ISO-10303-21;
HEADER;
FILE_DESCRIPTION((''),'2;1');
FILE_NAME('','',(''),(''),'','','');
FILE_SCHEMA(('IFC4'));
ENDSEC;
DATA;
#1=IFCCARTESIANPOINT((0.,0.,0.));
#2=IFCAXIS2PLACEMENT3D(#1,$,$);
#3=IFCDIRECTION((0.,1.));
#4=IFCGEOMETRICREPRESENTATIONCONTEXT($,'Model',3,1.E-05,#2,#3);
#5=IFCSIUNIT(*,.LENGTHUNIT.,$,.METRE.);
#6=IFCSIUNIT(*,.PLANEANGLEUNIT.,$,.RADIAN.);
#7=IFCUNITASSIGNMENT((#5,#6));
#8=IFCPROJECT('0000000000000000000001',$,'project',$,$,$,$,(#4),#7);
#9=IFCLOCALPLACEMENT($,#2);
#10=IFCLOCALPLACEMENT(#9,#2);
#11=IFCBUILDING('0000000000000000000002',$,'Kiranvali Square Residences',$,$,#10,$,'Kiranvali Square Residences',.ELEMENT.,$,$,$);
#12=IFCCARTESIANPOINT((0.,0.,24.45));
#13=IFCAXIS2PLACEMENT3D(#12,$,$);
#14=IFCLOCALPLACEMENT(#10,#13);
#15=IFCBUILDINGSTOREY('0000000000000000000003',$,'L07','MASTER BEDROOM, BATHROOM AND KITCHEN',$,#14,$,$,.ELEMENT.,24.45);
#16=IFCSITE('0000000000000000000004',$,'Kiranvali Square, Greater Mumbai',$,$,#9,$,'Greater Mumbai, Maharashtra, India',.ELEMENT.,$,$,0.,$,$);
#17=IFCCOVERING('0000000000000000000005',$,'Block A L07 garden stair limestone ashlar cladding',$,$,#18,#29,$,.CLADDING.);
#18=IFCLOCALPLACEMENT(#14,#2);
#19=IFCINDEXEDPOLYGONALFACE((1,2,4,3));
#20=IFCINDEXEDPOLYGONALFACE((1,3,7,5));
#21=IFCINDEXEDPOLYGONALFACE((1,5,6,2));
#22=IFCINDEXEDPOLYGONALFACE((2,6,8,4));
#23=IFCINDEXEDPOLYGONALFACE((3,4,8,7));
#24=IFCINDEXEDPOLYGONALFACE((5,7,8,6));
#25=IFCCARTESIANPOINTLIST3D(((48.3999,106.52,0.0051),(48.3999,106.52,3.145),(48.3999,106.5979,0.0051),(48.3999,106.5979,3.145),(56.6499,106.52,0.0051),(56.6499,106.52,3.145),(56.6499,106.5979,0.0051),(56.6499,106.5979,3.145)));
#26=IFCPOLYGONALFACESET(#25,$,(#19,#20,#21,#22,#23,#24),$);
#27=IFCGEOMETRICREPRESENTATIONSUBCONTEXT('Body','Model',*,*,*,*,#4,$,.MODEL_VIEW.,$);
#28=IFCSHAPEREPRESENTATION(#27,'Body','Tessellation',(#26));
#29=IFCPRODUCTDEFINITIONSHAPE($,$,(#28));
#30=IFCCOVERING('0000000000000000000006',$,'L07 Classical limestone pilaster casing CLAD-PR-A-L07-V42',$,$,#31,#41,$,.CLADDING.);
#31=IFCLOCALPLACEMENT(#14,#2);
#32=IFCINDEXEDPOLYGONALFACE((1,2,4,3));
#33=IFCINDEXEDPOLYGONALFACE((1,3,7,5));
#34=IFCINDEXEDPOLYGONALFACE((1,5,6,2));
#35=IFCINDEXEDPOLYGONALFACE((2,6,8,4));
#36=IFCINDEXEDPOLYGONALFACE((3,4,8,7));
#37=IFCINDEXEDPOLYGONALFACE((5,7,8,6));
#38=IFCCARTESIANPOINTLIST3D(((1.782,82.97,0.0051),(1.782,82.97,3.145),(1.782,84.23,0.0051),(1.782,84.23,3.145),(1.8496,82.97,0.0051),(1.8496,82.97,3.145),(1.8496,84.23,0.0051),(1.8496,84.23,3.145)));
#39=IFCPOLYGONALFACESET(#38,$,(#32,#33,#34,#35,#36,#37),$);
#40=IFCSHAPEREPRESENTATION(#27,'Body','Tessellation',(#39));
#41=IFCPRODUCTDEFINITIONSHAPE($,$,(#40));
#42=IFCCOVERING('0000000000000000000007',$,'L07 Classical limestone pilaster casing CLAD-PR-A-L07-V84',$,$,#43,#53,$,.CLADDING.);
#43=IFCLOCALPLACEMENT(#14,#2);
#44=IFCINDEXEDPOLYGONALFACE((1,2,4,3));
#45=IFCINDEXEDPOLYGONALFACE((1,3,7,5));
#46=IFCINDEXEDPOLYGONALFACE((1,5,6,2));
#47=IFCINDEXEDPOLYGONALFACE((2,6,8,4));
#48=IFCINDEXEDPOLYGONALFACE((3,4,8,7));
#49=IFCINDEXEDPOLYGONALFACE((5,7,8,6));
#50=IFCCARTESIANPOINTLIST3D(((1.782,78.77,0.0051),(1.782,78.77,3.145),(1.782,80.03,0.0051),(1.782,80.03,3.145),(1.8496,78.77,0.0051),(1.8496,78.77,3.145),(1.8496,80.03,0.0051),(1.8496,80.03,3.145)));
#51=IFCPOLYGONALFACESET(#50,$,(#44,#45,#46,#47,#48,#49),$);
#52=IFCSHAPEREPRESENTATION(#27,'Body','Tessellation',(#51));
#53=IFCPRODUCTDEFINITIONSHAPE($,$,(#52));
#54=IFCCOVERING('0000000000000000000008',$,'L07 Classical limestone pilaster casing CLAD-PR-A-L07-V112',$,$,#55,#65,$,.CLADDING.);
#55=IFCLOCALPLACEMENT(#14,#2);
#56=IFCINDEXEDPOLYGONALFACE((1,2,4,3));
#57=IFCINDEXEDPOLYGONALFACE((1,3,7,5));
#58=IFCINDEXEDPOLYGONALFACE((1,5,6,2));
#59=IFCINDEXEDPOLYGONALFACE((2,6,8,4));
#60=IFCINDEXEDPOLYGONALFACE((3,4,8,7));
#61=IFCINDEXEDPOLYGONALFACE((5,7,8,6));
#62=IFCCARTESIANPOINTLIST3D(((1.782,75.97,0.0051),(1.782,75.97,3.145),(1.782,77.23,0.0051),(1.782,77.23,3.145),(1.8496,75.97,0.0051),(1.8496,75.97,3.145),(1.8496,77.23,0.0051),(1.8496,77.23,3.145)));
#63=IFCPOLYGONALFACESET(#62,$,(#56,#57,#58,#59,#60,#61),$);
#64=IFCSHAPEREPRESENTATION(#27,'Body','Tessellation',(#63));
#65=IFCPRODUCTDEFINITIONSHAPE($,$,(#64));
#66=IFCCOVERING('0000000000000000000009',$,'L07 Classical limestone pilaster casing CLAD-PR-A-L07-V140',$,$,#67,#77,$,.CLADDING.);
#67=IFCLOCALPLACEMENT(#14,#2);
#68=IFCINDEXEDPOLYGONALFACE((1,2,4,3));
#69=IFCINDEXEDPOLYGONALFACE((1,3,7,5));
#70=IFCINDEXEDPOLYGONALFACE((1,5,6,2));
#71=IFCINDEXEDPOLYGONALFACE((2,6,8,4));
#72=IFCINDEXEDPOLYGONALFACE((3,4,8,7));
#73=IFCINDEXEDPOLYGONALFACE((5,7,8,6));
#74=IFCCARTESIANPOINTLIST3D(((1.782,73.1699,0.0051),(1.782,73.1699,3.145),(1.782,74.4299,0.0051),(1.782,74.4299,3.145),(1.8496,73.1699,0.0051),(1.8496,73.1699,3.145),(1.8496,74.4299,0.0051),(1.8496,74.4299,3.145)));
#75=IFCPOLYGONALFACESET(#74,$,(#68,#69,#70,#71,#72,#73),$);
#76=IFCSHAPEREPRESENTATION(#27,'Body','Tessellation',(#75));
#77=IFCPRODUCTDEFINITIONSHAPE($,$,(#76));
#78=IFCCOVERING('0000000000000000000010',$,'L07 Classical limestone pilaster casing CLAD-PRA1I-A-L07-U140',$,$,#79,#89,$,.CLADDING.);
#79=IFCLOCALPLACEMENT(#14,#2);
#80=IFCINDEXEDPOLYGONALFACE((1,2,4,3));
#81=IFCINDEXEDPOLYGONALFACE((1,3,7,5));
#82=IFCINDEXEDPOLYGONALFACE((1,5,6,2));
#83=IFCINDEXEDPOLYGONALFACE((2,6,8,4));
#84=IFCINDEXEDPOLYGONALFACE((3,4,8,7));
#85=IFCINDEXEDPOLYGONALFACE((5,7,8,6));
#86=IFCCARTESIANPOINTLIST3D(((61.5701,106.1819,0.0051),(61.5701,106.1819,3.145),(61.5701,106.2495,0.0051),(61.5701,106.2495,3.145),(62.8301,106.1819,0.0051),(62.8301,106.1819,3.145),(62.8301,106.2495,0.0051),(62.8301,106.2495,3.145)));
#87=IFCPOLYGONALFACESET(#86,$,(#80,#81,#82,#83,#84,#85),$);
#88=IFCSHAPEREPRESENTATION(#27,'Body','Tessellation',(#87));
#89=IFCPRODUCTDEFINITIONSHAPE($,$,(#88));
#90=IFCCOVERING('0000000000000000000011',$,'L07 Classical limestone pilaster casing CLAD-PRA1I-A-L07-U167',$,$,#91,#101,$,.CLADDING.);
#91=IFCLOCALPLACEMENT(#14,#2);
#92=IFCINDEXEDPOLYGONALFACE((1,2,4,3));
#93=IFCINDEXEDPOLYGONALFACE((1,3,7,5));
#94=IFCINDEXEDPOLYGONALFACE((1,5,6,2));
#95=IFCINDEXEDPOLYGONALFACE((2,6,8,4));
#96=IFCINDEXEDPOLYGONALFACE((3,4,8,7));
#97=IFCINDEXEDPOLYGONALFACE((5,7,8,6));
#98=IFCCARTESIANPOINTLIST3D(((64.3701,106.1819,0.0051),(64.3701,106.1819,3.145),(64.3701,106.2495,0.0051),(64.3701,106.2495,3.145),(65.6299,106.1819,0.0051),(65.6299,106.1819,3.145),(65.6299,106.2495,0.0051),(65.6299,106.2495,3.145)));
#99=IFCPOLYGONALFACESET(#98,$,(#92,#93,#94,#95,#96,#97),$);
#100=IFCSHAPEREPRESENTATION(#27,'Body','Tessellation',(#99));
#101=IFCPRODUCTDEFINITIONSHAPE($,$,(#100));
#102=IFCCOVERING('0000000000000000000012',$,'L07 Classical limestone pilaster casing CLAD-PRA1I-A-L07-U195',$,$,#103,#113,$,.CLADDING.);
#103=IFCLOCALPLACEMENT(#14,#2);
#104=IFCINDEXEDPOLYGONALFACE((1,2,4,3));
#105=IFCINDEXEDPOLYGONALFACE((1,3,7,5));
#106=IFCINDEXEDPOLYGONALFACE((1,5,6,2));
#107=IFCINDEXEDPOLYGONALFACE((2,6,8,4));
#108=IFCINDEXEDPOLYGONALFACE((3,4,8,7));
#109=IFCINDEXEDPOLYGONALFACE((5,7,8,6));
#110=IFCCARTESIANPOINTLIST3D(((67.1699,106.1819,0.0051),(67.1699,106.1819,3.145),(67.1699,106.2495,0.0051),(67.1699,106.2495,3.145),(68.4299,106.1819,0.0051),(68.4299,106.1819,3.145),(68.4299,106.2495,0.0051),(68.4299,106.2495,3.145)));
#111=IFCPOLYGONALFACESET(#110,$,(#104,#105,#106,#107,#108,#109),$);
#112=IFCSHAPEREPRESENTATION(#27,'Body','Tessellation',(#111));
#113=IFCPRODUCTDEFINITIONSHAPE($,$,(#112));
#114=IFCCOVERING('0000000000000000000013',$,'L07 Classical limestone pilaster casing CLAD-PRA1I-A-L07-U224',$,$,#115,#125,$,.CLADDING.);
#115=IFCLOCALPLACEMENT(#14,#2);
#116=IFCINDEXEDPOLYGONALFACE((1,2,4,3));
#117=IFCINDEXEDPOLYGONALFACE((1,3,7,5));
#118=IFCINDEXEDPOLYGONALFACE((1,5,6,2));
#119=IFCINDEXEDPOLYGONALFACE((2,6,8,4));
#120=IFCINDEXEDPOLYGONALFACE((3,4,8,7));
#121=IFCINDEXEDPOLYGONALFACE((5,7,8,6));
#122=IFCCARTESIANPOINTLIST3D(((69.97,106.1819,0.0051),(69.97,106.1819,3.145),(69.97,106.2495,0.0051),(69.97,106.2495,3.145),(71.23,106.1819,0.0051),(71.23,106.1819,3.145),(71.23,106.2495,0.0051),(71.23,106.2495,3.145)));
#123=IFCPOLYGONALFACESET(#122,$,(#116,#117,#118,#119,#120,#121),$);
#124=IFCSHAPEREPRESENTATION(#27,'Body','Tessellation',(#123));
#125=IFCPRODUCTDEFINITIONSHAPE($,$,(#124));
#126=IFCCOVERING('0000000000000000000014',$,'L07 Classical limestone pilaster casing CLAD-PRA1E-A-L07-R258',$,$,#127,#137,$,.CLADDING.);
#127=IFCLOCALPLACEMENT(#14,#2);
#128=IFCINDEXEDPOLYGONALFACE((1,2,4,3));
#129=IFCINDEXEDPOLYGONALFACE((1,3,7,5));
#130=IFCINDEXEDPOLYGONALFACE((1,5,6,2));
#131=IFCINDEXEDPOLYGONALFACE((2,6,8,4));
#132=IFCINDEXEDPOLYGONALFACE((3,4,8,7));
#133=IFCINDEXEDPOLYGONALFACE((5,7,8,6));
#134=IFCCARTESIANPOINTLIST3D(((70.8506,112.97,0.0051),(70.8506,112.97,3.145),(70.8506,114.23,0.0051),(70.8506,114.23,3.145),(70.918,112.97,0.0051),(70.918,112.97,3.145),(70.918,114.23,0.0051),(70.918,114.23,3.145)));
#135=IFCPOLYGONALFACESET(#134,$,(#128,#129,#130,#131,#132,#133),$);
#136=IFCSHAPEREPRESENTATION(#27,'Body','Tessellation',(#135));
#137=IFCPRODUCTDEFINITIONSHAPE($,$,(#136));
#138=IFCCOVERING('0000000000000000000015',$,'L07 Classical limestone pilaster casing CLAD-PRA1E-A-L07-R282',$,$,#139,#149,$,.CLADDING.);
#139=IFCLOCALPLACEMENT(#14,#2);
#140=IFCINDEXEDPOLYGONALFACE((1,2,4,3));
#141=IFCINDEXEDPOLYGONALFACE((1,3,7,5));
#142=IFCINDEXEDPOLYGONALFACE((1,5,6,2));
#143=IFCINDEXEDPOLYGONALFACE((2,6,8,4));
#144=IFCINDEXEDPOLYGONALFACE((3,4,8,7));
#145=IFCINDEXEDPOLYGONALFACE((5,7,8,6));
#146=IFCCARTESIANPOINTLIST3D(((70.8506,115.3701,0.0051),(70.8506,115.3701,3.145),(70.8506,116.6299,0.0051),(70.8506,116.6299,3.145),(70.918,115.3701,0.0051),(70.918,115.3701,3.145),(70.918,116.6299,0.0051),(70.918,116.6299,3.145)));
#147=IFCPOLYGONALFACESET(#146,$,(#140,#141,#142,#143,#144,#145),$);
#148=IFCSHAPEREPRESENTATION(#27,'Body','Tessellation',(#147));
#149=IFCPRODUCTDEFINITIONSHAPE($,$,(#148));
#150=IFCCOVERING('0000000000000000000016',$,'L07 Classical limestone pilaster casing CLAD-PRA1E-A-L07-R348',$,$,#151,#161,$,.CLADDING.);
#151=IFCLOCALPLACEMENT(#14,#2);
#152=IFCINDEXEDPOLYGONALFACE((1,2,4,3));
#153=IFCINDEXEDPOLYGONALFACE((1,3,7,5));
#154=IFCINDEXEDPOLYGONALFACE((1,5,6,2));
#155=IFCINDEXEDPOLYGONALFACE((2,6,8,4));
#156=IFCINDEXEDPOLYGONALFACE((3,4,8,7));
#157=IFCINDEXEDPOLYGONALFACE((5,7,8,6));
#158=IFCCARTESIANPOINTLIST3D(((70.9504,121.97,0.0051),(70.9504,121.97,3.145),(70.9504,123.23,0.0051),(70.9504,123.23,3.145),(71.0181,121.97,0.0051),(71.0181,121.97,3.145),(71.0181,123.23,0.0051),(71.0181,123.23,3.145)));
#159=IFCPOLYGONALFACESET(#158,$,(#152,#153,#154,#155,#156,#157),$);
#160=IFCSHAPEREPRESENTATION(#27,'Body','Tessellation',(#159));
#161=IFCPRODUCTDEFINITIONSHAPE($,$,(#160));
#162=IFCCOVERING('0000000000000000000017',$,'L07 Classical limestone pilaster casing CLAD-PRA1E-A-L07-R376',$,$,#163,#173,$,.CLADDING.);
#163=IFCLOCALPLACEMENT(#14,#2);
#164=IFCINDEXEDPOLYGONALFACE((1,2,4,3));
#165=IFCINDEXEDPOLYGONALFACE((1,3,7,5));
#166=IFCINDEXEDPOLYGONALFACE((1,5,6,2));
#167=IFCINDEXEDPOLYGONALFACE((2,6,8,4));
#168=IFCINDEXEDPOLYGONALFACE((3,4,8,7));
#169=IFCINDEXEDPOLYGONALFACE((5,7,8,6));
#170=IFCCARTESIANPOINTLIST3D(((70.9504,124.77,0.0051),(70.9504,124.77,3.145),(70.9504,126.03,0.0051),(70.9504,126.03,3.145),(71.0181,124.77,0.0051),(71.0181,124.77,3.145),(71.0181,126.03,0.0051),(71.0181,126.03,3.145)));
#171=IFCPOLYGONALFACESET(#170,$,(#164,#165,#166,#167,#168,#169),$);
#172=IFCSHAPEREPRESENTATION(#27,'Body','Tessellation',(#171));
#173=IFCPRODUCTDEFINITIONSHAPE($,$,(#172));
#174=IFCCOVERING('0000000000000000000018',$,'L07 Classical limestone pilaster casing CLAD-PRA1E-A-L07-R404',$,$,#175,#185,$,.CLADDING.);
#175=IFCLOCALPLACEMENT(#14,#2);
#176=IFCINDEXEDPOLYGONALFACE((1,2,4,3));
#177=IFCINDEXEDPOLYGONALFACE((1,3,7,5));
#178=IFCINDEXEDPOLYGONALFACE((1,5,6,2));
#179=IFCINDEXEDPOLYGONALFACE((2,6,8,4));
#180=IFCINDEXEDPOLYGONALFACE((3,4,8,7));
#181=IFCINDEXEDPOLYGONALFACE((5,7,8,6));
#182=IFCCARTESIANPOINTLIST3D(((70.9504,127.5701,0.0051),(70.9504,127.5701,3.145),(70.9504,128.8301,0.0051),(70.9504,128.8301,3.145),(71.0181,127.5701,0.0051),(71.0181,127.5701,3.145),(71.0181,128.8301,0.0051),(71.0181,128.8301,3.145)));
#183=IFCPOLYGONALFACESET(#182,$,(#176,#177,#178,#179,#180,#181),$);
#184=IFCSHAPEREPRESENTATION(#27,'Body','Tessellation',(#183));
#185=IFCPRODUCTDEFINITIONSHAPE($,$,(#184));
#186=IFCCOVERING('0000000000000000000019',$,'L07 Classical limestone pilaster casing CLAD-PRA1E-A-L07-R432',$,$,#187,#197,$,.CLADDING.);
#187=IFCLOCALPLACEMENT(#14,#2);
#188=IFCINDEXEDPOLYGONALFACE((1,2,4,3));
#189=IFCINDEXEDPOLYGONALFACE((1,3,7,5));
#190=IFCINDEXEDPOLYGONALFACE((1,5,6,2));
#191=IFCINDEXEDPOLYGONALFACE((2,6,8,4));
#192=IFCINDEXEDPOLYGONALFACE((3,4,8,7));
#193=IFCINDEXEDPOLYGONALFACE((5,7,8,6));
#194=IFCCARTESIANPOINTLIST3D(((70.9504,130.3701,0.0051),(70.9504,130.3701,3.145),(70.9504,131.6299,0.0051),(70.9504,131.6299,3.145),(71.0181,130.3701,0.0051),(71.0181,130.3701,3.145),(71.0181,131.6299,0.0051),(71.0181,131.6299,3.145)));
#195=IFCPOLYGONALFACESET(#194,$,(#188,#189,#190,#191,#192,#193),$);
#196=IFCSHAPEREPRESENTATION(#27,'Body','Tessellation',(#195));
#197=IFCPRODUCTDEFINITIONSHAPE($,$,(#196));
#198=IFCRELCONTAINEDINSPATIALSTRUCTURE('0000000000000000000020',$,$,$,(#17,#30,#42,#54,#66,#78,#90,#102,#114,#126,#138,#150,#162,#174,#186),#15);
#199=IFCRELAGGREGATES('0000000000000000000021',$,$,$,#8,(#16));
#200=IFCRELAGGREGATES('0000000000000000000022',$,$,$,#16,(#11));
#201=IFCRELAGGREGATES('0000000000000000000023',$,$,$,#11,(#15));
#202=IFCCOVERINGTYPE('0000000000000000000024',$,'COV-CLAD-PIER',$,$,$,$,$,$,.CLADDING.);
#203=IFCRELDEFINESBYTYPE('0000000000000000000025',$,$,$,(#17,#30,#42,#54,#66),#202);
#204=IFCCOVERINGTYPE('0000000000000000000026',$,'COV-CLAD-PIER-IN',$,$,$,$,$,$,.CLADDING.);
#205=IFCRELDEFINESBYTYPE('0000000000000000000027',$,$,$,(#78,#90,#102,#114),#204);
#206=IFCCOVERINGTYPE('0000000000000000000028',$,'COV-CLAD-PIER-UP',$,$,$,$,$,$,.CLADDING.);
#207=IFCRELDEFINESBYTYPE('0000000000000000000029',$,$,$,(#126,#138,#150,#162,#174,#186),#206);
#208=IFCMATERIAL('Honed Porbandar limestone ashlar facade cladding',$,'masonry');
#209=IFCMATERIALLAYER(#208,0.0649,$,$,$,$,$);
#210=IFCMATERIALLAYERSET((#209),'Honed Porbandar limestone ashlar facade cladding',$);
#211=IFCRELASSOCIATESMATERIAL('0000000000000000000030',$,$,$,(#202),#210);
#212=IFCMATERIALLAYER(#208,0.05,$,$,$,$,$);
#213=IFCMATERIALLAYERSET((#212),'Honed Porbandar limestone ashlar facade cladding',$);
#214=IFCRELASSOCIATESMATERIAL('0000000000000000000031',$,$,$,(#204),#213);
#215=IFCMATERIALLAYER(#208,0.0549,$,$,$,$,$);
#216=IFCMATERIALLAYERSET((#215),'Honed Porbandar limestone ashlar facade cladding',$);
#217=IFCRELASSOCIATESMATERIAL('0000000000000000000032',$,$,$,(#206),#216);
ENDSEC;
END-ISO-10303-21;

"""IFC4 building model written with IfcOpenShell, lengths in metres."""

from ifc_helpers import new_model, si_unit, direction, frame, origin, place, context, subcontext, project, spatial, polyline, outline, extrude, material, layer, layer_set, type_object, element, save


model = new_model("IFC4")

# Units and contexts
model_context = context("Model", 3, precision=1e-05, world=origin(), true_north=direction((0.0, 1.0)))
body_context = subcontext(model_context, "Body", "Model", "MODEL_VIEW")
ifc_project = project(units=[si_unit("LENGTHUNIT", "METRE"), si_unit("PLANEANGLEUNIT", "RADIAN")], contexts=[model_context])

# Site, building, storey
site_placement = place(None, origin())
site = spatial("IfcSite", under=ifc_project, at=site_placement, Name="Kiranvali Square, Greater Mumbai", LongName="Greater Mumbai, Maharashtra, India", CompositionType="ELEMENT", RefElevation=0.0)
building_placement = place(site_placement, origin())
building = spatial("IfcBuilding", under=site, at=building_placement, Name="Kiranvali Square Residences", LongName="Kiranvali Square Residences", CompositionType="ELEMENT")
storey_placement = place(building_placement, frame((0.0, 0.0, 24.45)))
storey = spatial("IfcBuildingStorey", under=building, at=storey_placement, Name="L07", Description="MASTER BEDROOM, BATHROOM AND KITCHEN", CompositionType="ELEMENT", Elevation=24.45)

# Coverings
ifc_material = material(Name="Honed Porbandar limestone ashlar facade cladding", Category="masonry")
ifc_layer_1 = layer(ifc_material, 0.0649)
ifc_layer_set_1 = layer_set([ifc_layer_1], Name="Honed Porbandar limestone ashlar facade cladding")
covering_type_1 = type_object("IfcCoveringType", Name="COV-CLAD-PIER", PredefinedType="CLADDING", material=ifc_layer_set_1)
covering_1_placement = place(storey_placement, frame((0.0, 0.0, 0.0051)))
element("IfcCovering", 1, at=covering_1_placement, inside=storey, type_object=covering_type_1, Name="Block A L07 garden stair limestone ashlar cladding", PredefinedType="CLADDING", context=body_context, shape_type="SweptSolid", body=[
    extrude(outline(polyline([(48.3999, 106.52), (56.6499, 106.52), (56.6499, 106.5979), (48.3999, 106.5979), (48.3999, 106.52)])), origin(), (0.0, 0.0, 1.0), 3.1399),
])
covering_2_placement = place(storey_placement, frame((0.0, 0.0, 0.0051)))
element("IfcCovering", 2, at=covering_2_placement, inside=storey, type_object=covering_type_1, Name="L07 Classical limestone pilaster casing CLAD-PR-A-L07-V42", PredefinedType="CLADDING", context=body_context, shape_type="SweptSolid", body=[
    extrude(outline(polyline([(1.782, 84.23), (1.782, 82.97), (1.8496, 82.97), (1.8496, 84.23), (1.782, 84.23)])), origin(), (0.0, 0.0, 1.0), 3.1399),
])
covering_3_placement = place(storey_placement, frame((0.0, 0.0, 0.0051)))
element("IfcCovering", 3, at=covering_3_placement, inside=storey, type_object=covering_type_1, Name="L07 Classical limestone pilaster casing CLAD-PR-A-L07-V84", PredefinedType="CLADDING", context=body_context, shape_type="SweptSolid", body=[
    extrude(outline(polyline([(1.782, 80.03), (1.782, 78.77), (1.8496, 78.77), (1.8496, 80.03), (1.782, 80.03)])), origin(), (0.0, 0.0, 1.0), 3.1399),
])
covering_4_placement = place(storey_placement, frame((0.0, 0.0, 0.0051)))
element("IfcCovering", 4, at=covering_4_placement, inside=storey, type_object=covering_type_1, Name="L07 Classical limestone pilaster casing CLAD-PR-A-L07-V112", PredefinedType="CLADDING", context=body_context, shape_type="SweptSolid", body=[
    extrude(outline(polyline([(1.782, 77.23), (1.782, 75.97), (1.8496, 75.97), (1.8496, 77.23), (1.782, 77.23)])), origin(), (0.0, 0.0, 1.0), 3.1399),
])
covering_5_placement = place(storey_placement, frame((0.0, 0.0, 0.0051)))
element("IfcCovering", 5, at=covering_5_placement, inside=storey, type_object=covering_type_1, Name="L07 Classical limestone pilaster casing CLAD-PR-A-L07-V140", PredefinedType="CLADDING", context=body_context, shape_type="SweptSolid", body=[
    extrude(outline(polyline([(1.782, 74.4299), (1.782, 73.1699), (1.8496, 73.1699), (1.8496, 74.4299), (1.782, 74.4299)])), origin(), (0.0, 0.0, 1.0), 3.1399),
])
ifc_layer_2 = layer(ifc_material, 0.05)
ifc_layer_set_2 = layer_set([ifc_layer_2], Name="Honed Porbandar limestone ashlar facade cladding")
covering_type_2 = type_object("IfcCoveringType", Name="COV-CLAD-PIER-IN", PredefinedType="CLADDING", material=ifc_layer_set_2)
covering_6_placement = place(storey_placement, frame((0.0, 0.0, 0.0051)))
element("IfcCovering", 6, at=covering_6_placement, inside=storey, type_object=covering_type_2, Name="L07 Classical limestone pilaster casing CLAD-PRA1I-A-L07-U140", PredefinedType="CLADDING", context=body_context, shape_type="SweptSolid", body=[
    extrude(outline(polyline([(61.5701, 106.1819), (62.8301, 106.1819), (62.8301, 106.2495), (61.5701, 106.2495), (61.5701, 106.1819)])), origin(), (0.0, 0.0, 1.0), 3.1399),
])
covering_7_placement = place(storey_placement, frame((0.0, 0.0, 0.0051)))
element("IfcCovering", 7, at=covering_7_placement, inside=storey, type_object=covering_type_2, Name="L07 Classical limestone pilaster casing CLAD-PRA1I-A-L07-U167", PredefinedType="CLADDING", context=body_context, shape_type="SweptSolid", body=[
    extrude(outline(polyline([(64.3701, 106.1819), (65.6299, 106.1819), (65.6299, 106.2495), (64.3701, 106.2495), (64.3701, 106.1819)])), origin(), (0.0, 0.0, 1.0), 3.1399),
])
covering_8_placement = place(storey_placement, frame((0.0, 0.0, 0.0051)))
element("IfcCovering", 8, at=covering_8_placement, inside=storey, type_object=covering_type_2, Name="L07 Classical limestone pilaster casing CLAD-PRA1I-A-L07-U195", PredefinedType="CLADDING", context=body_context, shape_type="SweptSolid", body=[
    extrude(outline(polyline([(67.1699, 106.1819), (68.4299, 106.1819), (68.4299, 106.2495), (67.1699, 106.2495), (67.1699, 106.1819)])), origin(), (0.0, 0.0, 1.0), 3.1399),
])
covering_9_placement = place(storey_placement, frame((0.0, 0.0, 0.0051)))
element("IfcCovering", 9, at=covering_9_placement, inside=storey, type_object=covering_type_2, Name="L07 Classical limestone pilaster casing CLAD-PRA1I-A-L07-U224", PredefinedType="CLADDING", context=body_context, shape_type="SweptSolid", body=[
    extrude(outline(polyline([(69.97, 106.1819), (71.23, 106.1819), (71.23, 106.2495), (69.97, 106.2495), (69.97, 106.1819)])), origin(), (0.0, 0.0, 1.0), 3.1399),
])
ifc_layer_3 = layer(ifc_material, 0.0549)
ifc_layer_set_3 = layer_set([ifc_layer_3], Name="Honed Porbandar limestone ashlar facade cladding")
covering_type_3 = type_object("IfcCoveringType", Name="COV-CLAD-PIER-UP", PredefinedType="CLADDING", material=ifc_layer_set_3)
covering_10_placement = place(storey_placement, frame((0.0, 0.0, 0.0051)))
element("IfcCovering", 10, at=covering_10_placement, inside=storey, type_object=covering_type_3, Name="L07 Classical limestone pilaster casing CLAD-PRA1E-A-L07-R258", PredefinedType="CLADDING", context=body_context, shape_type="SweptSolid", body=[
    extrude(outline(polyline([(70.918, 112.97), (70.918, 114.23), (70.8506, 114.23), (70.8506, 112.97), (70.918, 112.97)])), origin(), (0.0, 0.0, 1.0), 3.1399),
])
covering_11_placement = place(storey_placement, frame((0.0, 0.0, 0.0051)))
element("IfcCovering", 11, at=covering_11_placement, inside=storey, type_object=covering_type_3, Name="L07 Classical limestone pilaster casing CLAD-PRA1E-A-L07-R282", PredefinedType="CLADDING", context=body_context, shape_type="SweptSolid", body=[
    extrude(outline(polyline([(70.918, 115.3701), (70.918, 116.6299), (70.8506, 116.6299), (70.8506, 115.3701), (70.918, 115.3701)])), origin(), (0.0, 0.0, 1.0), 3.1399),
])
covering_12_placement = place(storey_placement, frame((0.0, 0.0, 0.0051)))
element("IfcCovering", 12, at=covering_12_placement, inside=storey, type_object=covering_type_3, Name="L07 Classical limestone pilaster casing CLAD-PRA1E-A-L07-R348", PredefinedType="CLADDING", context=body_context, shape_type="SweptSolid", body=[
    extrude(outline(polyline([(71.0181, 121.97), (71.0181, 123.23), (70.9504, 123.23), (70.9504, 121.97), (71.0181, 121.97)])), origin(), (0.0, 0.0, 1.0), 3.1399),
])
covering_13_placement = place(storey_placement, frame((0.0, 0.0, 0.0051)))
element("IfcCovering", 13, at=covering_13_placement, inside=storey, type_object=covering_type_3, Name="L07 Classical limestone pilaster casing CLAD-PRA1E-A-L07-R376", PredefinedType="CLADDING", context=body_context, shape_type="SweptSolid", body=[
    extrude(outline(polyline([(71.0181, 124.77), (71.0181, 126.03), (70.9504, 126.03), (70.9504, 124.77), (71.0181, 124.77)])), origin(), (0.0, 0.0, 1.0), 3.1399),
])
covering_14_placement = place(storey_placement, frame((0.0, 0.0, 0.0051)))
element("IfcCovering", 14, at=covering_14_placement, inside=storey, type_object=covering_type_3, Name="L07 Classical limestone pilaster casing CLAD-PRA1E-A-L07-R404", PredefinedType="CLADDING", context=body_context, shape_type="SweptSolid", body=[
    extrude(outline(polyline([(71.0181, 127.5701), (71.0181, 128.8301), (70.9504, 128.8301), (70.9504, 127.5701), (71.0181, 127.5701)])), origin(), (0.0, 0.0, 1.0), 3.1399),
])
covering_15_placement = place(storey_placement, frame((0.0, 0.0, 0.0051)))
element("IfcCovering", 15, at=covering_15_placement, inside=storey, type_object=covering_type_3, Name="L07 Classical limestone pilaster casing CLAD-PRA1E-A-L07-R432", PredefinedType="CLADDING", context=body_context, shape_type="SweptSolid", body=[
    extrude(outline(polyline([(71.0181, 130.3701), (71.0181, 131.6299), (70.9504, 131.6299), (70.9504, 130.3701), (71.0181, 130.3701)])), origin(), (0.0, 0.0, 1.0), 3.1399),
])

save(model, "model.ifc")
